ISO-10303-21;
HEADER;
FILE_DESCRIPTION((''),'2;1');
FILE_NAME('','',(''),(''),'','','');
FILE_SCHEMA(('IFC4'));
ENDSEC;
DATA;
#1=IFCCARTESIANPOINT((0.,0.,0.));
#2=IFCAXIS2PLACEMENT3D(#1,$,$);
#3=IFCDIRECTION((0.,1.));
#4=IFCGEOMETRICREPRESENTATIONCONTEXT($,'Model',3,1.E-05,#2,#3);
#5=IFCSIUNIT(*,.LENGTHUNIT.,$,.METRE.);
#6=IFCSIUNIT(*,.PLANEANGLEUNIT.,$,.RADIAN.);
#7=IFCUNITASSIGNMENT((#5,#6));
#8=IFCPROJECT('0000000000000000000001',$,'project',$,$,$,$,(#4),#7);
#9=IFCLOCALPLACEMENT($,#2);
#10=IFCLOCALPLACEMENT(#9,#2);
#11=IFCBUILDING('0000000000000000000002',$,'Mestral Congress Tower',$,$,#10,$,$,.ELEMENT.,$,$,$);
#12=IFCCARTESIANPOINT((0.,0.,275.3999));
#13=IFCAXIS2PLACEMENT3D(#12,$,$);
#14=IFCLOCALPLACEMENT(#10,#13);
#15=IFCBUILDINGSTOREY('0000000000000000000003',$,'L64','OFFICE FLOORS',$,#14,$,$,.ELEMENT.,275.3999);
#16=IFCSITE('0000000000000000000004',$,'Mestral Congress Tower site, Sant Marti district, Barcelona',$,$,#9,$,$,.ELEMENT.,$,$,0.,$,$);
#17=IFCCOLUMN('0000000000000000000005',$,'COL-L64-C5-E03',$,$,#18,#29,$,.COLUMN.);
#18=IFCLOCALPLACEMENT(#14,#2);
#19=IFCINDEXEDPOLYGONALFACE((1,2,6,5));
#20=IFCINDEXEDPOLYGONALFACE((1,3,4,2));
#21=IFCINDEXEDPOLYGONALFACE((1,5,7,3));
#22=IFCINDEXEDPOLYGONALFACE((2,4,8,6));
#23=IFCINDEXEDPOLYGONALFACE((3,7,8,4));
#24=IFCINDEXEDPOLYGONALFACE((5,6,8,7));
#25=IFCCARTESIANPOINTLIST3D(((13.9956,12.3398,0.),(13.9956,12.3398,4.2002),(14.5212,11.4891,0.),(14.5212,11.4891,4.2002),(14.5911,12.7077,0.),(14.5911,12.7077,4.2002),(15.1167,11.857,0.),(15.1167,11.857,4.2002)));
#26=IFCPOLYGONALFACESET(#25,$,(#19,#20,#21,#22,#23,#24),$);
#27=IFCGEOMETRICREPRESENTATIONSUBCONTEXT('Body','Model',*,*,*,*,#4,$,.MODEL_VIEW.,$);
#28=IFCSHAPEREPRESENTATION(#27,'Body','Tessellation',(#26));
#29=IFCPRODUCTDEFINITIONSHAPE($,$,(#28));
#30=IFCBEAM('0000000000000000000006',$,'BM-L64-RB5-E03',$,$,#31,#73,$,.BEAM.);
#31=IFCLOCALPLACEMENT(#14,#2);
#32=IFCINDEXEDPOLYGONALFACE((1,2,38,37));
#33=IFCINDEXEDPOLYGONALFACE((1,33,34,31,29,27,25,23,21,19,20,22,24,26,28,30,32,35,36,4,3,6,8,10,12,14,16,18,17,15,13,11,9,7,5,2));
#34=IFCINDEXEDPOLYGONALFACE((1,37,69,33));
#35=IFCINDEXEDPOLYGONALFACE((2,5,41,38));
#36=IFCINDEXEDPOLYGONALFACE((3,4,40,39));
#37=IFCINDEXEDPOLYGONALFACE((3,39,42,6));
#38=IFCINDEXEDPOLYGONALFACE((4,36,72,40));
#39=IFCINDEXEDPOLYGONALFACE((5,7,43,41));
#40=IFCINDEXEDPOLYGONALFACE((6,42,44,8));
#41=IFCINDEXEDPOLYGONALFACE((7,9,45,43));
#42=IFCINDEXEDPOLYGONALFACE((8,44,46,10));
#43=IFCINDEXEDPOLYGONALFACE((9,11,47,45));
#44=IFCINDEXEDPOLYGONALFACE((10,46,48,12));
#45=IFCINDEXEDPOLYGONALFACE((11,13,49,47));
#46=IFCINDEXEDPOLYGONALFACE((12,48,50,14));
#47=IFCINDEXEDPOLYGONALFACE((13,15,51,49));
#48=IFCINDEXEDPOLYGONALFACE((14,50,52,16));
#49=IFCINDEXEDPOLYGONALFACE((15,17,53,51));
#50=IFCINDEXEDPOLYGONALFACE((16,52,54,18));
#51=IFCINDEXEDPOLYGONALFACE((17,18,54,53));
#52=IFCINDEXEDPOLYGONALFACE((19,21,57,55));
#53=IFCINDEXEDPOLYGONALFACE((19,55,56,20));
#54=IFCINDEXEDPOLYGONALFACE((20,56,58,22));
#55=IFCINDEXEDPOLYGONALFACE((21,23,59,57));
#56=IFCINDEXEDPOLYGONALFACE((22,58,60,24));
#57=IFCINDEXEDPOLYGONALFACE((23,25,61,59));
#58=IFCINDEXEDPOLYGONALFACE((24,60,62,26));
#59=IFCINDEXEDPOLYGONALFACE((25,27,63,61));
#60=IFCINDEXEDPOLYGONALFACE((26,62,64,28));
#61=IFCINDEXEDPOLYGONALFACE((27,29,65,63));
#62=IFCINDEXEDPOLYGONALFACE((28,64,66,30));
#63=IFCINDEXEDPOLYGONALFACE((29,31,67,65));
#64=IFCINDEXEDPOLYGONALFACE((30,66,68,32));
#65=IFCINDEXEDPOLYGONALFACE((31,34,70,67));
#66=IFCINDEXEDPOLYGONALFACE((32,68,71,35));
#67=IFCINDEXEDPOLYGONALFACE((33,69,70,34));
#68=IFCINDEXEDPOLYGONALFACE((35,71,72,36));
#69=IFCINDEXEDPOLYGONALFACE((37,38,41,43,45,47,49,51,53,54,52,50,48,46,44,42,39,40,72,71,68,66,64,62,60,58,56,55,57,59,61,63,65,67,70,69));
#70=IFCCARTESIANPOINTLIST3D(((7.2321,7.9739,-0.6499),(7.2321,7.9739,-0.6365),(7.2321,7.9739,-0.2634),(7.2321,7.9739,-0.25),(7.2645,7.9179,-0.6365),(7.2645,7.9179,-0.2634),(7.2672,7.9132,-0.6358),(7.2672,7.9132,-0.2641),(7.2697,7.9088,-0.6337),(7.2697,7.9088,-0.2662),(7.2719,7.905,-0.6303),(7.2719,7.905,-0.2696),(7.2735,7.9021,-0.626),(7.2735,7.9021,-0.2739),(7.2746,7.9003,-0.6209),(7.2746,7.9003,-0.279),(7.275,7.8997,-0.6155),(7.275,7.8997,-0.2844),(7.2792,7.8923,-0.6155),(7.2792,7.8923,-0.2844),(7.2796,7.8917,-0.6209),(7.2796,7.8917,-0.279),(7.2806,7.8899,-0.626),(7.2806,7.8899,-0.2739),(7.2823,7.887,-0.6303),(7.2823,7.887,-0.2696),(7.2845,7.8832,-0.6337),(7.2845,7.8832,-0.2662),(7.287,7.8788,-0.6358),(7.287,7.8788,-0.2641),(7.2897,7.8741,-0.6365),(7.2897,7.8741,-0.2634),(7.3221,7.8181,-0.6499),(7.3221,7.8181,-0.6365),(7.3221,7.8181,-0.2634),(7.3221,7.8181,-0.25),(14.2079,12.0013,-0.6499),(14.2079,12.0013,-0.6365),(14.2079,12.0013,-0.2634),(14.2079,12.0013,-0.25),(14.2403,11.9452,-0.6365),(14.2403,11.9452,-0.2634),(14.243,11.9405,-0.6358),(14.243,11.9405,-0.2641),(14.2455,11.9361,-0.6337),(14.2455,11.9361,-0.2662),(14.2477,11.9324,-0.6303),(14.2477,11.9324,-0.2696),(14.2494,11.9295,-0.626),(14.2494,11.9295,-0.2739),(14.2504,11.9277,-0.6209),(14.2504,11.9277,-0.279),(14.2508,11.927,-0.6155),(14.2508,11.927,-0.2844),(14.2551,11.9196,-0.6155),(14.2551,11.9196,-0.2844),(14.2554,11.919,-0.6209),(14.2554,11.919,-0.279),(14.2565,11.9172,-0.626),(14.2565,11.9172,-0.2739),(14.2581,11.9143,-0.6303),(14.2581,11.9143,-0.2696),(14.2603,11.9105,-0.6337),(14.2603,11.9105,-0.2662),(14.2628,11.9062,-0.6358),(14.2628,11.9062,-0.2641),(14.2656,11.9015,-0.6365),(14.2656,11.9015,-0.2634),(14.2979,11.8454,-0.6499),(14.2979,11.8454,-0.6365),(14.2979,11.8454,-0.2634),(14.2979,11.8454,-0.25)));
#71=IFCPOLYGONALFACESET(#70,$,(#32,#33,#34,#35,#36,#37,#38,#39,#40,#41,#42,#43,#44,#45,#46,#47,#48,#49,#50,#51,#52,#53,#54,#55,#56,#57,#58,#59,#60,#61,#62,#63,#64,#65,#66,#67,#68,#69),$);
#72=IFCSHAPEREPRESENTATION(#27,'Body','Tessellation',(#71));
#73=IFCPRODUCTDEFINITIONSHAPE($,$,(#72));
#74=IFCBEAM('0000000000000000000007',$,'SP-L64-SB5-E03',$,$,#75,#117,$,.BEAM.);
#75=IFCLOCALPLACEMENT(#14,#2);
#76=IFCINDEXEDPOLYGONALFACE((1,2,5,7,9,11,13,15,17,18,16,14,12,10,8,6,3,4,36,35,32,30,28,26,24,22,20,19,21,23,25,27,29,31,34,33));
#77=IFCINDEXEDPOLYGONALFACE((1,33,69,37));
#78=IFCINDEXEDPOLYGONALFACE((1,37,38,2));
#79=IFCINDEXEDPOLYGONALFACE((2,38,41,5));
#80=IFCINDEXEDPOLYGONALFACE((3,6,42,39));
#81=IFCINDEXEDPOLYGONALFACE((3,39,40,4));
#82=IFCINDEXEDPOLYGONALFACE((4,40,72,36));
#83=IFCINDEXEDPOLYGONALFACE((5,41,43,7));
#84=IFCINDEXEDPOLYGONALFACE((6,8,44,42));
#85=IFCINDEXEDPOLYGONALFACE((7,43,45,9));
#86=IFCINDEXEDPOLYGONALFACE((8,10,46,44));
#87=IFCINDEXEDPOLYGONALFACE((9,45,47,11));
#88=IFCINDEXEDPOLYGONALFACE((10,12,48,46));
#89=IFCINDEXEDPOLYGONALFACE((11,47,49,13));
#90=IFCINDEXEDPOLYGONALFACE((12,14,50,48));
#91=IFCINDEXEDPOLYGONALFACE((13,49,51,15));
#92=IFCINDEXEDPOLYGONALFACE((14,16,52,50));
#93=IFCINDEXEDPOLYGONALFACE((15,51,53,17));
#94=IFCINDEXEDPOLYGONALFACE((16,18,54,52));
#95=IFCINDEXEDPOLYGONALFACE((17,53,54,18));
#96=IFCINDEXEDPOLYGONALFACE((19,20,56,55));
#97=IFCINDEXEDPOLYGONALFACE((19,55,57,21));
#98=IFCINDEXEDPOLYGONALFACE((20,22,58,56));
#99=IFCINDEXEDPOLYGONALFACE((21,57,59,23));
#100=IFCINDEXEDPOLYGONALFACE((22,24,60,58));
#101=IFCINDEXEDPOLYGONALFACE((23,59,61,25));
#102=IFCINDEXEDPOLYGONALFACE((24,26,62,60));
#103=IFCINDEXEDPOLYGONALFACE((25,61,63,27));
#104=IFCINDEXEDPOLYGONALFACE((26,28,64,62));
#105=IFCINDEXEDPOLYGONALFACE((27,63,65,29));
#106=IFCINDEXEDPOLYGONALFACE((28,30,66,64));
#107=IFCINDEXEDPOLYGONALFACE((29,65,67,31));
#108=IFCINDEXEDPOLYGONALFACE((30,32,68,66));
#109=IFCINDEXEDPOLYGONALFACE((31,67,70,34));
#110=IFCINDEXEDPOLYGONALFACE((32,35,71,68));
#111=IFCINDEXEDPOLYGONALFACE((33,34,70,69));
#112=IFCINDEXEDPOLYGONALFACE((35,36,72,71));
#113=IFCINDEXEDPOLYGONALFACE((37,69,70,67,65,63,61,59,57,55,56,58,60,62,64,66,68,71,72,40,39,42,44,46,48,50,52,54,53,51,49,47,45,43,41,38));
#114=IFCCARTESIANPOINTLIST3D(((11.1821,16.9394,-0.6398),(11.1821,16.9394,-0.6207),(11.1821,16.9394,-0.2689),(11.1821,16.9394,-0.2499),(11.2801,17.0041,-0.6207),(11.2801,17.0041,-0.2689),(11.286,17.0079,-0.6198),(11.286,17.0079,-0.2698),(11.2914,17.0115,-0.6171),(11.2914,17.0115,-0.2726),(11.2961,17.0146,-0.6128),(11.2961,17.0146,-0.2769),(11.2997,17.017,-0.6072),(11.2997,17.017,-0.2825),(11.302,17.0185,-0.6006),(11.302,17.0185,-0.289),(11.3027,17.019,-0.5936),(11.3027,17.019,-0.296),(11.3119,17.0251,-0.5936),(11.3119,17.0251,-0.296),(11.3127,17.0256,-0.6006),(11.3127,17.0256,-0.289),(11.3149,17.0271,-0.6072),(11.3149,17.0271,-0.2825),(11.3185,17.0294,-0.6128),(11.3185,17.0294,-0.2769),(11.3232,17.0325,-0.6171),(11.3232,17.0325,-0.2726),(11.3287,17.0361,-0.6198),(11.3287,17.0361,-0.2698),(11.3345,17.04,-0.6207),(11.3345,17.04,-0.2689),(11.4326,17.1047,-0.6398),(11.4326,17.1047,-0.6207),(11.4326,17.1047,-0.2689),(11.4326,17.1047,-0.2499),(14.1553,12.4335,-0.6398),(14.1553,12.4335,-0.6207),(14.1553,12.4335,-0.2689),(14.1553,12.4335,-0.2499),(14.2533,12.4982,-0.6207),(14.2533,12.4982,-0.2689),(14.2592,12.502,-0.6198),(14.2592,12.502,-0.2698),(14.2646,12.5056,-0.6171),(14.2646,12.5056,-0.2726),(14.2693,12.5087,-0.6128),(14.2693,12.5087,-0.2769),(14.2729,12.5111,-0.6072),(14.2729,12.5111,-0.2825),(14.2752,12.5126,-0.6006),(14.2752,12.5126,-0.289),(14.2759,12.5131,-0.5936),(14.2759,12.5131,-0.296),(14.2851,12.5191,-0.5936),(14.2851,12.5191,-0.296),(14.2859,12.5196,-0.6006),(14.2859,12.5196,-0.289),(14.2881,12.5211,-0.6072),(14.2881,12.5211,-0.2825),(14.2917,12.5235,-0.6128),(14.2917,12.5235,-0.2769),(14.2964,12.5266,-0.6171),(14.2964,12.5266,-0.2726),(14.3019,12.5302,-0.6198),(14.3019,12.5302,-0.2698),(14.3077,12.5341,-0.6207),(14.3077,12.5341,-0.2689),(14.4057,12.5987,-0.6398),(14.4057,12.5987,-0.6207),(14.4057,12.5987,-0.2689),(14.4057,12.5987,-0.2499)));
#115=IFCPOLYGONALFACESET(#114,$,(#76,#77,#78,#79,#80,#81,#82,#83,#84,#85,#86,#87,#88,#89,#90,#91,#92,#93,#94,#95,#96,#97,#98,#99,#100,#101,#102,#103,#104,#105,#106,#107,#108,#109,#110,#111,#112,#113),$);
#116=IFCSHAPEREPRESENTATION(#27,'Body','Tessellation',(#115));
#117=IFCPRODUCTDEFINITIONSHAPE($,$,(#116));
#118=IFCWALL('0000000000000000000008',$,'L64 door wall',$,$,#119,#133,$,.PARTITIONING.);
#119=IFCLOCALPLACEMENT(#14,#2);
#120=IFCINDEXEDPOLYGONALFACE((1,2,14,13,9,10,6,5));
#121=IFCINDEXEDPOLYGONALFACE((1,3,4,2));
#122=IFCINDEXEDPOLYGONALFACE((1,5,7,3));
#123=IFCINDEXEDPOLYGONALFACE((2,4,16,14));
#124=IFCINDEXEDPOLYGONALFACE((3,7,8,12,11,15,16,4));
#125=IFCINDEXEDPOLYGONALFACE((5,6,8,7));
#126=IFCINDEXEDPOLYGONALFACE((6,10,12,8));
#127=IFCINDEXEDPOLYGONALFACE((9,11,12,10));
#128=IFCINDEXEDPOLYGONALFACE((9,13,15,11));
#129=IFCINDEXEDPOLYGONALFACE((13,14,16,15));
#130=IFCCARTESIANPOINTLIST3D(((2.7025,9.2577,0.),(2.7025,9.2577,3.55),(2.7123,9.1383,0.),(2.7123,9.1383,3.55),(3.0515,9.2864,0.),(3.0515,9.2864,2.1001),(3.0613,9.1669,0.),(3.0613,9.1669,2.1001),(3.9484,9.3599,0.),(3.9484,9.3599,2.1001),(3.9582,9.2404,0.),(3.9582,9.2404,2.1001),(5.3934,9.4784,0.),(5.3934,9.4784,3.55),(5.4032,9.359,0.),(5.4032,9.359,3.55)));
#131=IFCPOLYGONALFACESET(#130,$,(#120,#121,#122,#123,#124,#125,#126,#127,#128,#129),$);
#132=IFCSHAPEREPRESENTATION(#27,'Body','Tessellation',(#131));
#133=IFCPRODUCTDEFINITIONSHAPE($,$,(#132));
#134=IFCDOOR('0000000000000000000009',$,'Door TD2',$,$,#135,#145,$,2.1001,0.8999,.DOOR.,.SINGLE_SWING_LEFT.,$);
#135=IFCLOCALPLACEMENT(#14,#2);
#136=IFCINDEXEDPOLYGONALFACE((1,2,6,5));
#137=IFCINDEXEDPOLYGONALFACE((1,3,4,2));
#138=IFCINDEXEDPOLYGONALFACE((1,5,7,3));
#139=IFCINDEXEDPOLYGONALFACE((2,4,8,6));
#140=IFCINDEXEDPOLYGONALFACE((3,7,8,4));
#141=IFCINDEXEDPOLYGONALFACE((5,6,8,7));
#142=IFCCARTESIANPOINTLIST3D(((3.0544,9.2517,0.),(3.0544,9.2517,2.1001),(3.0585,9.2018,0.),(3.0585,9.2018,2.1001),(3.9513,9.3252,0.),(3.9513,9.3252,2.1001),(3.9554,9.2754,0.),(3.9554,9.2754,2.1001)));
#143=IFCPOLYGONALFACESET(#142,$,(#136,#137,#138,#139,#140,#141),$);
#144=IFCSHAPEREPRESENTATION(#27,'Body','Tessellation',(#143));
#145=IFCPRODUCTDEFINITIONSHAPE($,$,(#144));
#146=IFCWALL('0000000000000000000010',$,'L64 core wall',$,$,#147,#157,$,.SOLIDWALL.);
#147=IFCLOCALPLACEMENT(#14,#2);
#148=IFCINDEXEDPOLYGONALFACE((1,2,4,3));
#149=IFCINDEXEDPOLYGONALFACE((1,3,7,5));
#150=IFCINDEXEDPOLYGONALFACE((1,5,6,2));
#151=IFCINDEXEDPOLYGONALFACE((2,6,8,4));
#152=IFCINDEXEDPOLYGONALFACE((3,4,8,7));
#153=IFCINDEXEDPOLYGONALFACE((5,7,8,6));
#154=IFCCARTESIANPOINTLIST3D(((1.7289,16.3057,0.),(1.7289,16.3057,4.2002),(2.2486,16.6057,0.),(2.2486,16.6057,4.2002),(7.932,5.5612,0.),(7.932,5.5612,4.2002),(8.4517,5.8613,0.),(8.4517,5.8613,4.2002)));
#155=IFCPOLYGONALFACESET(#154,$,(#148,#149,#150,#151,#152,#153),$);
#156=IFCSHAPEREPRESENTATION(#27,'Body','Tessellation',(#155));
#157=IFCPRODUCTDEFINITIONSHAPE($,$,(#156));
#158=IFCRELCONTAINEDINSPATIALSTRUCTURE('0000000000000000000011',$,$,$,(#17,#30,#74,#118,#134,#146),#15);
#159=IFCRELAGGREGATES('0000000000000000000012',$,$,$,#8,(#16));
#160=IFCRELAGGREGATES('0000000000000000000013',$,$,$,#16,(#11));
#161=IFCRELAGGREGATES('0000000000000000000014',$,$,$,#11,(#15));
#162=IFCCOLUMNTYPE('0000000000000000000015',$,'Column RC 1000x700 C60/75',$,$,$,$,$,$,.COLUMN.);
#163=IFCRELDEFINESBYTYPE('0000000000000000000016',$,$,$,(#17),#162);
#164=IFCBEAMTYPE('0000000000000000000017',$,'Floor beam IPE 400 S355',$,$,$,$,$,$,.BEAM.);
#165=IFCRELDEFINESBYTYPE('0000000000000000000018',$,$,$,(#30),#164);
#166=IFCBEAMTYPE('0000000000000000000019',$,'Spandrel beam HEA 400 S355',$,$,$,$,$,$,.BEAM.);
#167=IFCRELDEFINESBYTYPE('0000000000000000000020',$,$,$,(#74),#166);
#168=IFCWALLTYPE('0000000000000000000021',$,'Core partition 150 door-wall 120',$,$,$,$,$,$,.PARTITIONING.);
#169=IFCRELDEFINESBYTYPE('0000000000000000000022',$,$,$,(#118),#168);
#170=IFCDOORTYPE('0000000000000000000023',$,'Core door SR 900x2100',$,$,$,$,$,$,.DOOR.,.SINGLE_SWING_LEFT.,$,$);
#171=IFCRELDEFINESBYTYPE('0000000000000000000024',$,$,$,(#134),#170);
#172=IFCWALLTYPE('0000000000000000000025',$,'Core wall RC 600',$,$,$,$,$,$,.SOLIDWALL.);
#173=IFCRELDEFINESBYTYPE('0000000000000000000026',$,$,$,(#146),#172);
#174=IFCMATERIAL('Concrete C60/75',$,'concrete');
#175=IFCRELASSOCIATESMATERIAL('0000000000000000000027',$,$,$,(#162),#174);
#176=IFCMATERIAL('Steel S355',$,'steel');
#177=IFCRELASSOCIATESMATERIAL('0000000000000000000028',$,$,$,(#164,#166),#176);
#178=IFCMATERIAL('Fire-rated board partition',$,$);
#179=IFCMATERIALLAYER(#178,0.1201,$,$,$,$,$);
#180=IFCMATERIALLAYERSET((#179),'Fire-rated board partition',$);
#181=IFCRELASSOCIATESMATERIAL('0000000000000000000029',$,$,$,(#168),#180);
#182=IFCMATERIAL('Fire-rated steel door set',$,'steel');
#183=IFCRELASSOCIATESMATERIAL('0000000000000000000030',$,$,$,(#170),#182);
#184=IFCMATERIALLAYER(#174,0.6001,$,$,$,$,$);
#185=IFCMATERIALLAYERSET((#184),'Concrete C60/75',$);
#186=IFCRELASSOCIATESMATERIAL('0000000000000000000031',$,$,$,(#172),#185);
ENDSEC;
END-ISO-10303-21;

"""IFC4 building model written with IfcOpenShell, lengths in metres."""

from ifc_helpers import new_model, si_unit, direction, frame, frame_2d, origin, origin_2d, place, context, subcontext, project, spatial, rectangle, i_section, extrude, material, layer, layer_set, material_profile, profile_set, type_object, element, fill, save


model = new_model("IFC4")

# Units and contexts
model_context = context("Model", 3, precision=1e-05, world=origin(), true_north=direction((0.0, 1.0)))
body_context = subcontext(model_context, "Body", "Model", "MODEL_VIEW")
ifc_project = project(units=[si_unit("LENGTHUNIT", "METRE"), si_unit("PLANEANGLEUNIT", "RADIAN")], contexts=[model_context])

# Site, building, storey
site_placement = place(None, origin())
site = spatial("IfcSite", under=ifc_project, at=site_placement, Name="Mestral Congress Tower site, Sant Marti district, Barcelona", CompositionType="ELEMENT", RefElevation=0.0)
building_placement = place(site_placement, origin())
building = spatial("IfcBuilding", under=site, at=building_placement, Name="Mestral Congress Tower", CompositionType="ELEMENT")
storey_placement = place(building_placement, frame((0.0, 0.0, 275.3999)))
storey = spatial("IfcBuildingStorey", under=building, at=storey_placement, Name="L64", Description="OFFICE FLOORS", CompositionType="ELEMENT", Elevation=275.3999)

# Column
ifc_material_1 = material(Name="Concrete C60/75", Category="concrete")
ifc_material_profile_1 = material_profile(ifc_material_1, rectangle(XDim=1.0, YDim=0.7, at=origin_2d()), Name="RC 1000x700")
ifc_profile_set_1 = profile_set([ifc_material_profile_1], Name="Concrete C60/75")
column_type = type_object("IfcColumnType", Name="Column RC 1000x700 C60/75", PredefinedType="COLUMN", material=ifc_profile_set_1)
column_placement = place(storey_placement, frame((14.5562, 12.0984, 0.0), z_axis=(0.0, 0.0, 1.0), x_axis=(-0.52561, 0.850726, 0.0)))
element("IfcColumn", 1, at=column_placement, inside=storey, type_object=column_type, Name="COL-L64-C5-E03", PredefinedType="COLUMN", context=body_context, shape_type="SweptSolid", body=[
    extrude(rectangle(XDim=1.0, YDim=0.7, at=origin_2d()), origin(), (0.0, 0.0, 1.0), 4.2002),
])

# Beams
ifc_material_2 = material(Name="Steel S355", Category="steel")
ifc_material_profile_2 = material_profile(ifc_material_2, i_section(OverallWidth=0.1799, OverallDepth=0.3999, WebThickness=0.0085, FlangeThickness=0.0134, FilletRadius=0.021, at=origin_2d()), Name="IPE 400")
ifc_profile_set_2 = profile_set([ifc_material_profile_2], Name="Steel S355")
beam_type_1 = type_object("IfcBeamType", Name="Floor beam IPE 400 S355", PredefinedType="BEAM", material=ifc_profile_set_2)
beam_1_placement = place(storey_placement, frame((14.2529, 11.9233, -0.45), z_axis=(-0.866034, -0.499986, 0.0), x_axis=(0.499986, -0.866034, 0.0)))
element("IfcBeam", 2, at=beam_1_placement, inside=storey, type_object=beam_type_1, Name="BM-L64-RB5-E03", PredefinedType="BEAM", context=body_context, shape_type="SweptSolid", body=[
    extrude(i_section(OverallWidth=0.1799, OverallDepth=0.3999, WebThickness=0.0085, FlangeThickness=0.0134, FilletRadius=0.021, at=origin_2d()), origin(), (0.0, 0.0, 1.0), 8.0549),
])
ifc_material_profile_3 = material_profile(ifc_material_2, i_section(OverallWidth=0.3, OverallDepth=0.3899, WebThickness=0.011, FlangeThickness=0.019, FilletRadius=0.0271, at=origin_2d()), Name="HEA 400")
ifc_profile_set_3 = profile_set([ifc_material_profile_3], Name="Steel S355")
beam_type_2 = type_object("IfcBeamType", Name="Spandrel beam HEA 400 S355", PredefinedType="BEAM", material=ifc_profile_set_3)
beam_2_placement = place(storey_placement, frame((14.2805, 12.5161, -0.4448), z_axis=(-0.550749, 0.834671, 0.0), x_axis=(-0.834671, -0.550749, 0.0)))
element("IfcBeam", 3, at=beam_2_placement, inside=storey, type_object=beam_type_2, Name="SP-L64-SB5-E03", PredefinedType="BEAM", context=body_context, shape_type="SweptSolid", body=[
    extrude(i_section(OverallWidth=0.3, OverallDepth=0.3899, WebThickness=0.011, FlangeThickness=0.019, FilletRadius=0.0271, at=origin_2d()), origin(), (0.0, 0.0, 1.0), 5.3984),
])

# Wall, opening, door
ifc_material_3 = material(Name="Fire-rated board partition")
ifc_layer_1 = layer(ifc_material_3, 0.1201)
ifc_layer_set_1 = layer_set([ifc_layer_1], Name="Fire-rated board partition")
wall_type_1 = type_object("IfcWallType", Name="Core partition 150 door-wall 120", PredefinedType="PARTITIONING", material=ifc_layer_set_1)
wall_1_placement = place(storey_placement, frame((5.3984, 9.4187, 0.0), z_axis=(0.0, 0.0, 1.0), x_axis=(-0.996653, -0.081743, 0.0)))
wall_1 = element("IfcWall", 4, at=wall_1_placement, inside=storey, type_object=wall_type_1, Name="L64 door wall", PredefinedType="PARTITIONING", context=body_context, shape_type="SweptSolid", body=[
    extrude(rectangle(XDim=2.7, YDim=0.1199, at=frame_2d((1.3501, 0.0))), origin(), (0.0, 0.0, 1.0), 3.55),
])
opening_1_placement = place(wall_1_placement, frame((1.45, 0.0, 0.0)))
opening_1 = element("IfcOpeningElement", 5, at=opening_1_placement, cuts=wall_1, PredefinedType="OPENING", context=body_context, shape_type="SweptSolid", body=[
    extrude(rectangle(XDim=0.8999, YDim=2.1001, at=frame_2d((0.45, 1.05))), frame((0.0, 0.0698, 0.0), z_axis=(0.0, -1.0, 0.0), x_axis=(1.0, 0.0, 0.0)), (0.0, 0.0, 1.0), 0.1399),
])
ifc_material_4 = material(Name="Fire-rated steel door set", Category="steel")
door_type_1 = type_object("IfcDoorType", Name="Core door SR 900x2100", OperationType="SINGLE_SWING_LEFT", PredefinedType="DOOR", material=ifc_material_4)
door_1_placement = place(opening_1_placement, origin())
door_1 = element("IfcDoor", 6, at=door_1_placement, inside=storey, type_object=door_type_1, Name="Door TD2", OperationType="SINGLE_SWING_LEFT", OverallHeight=2.1001, OverallWidth=0.8999, PredefinedType="DOOR", context=body_context, shape_type="SweptSolid", body=[
    extrude(rectangle(XDim=0.8999, YDim=2.1001, at=frame_2d((0.45, 1.05))), frame((0.0, 0.0249, 0.0), z_axis=(0.0, -1.0, 0.0), x_axis=(1.0, 0.0, 0.0)), (0.0, 0.0, 1.0), 0.05),
])
fill(opening_1, door_1)

# Wall
ifc_layer_2 = layer(ifc_material_1, 0.6001)
ifc_layer_set_2 = layer_set([ifc_layer_2], Name="Concrete C60/75")
wall_type_2 = type_object("IfcWallType", Name="Core wall RC 600", PredefinedType="SOLIDWALL", material=ifc_layer_set_2)
wall_2_placement = place(storey_placement, frame((1.9888, 16.4556, 0.0), z_axis=(0.0, 0.0, 1.0), x_axis=(0.499991, -0.866031, 0.0)))
element("IfcWall", 7, at=wall_2_placement, inside=storey, type_object=wall_type_2, Name="L64 core wall", PredefinedType="SOLIDWALL", context=body_context, shape_type="SweptSolid", body=[
    extrude(rectangle(XDim=12.4065, YDim=0.6001, at=frame_2d((6.2031, 0.0))), origin(), (0.0, 0.0, 1.0), 4.2002),
])

save(model, "model.ifc")
